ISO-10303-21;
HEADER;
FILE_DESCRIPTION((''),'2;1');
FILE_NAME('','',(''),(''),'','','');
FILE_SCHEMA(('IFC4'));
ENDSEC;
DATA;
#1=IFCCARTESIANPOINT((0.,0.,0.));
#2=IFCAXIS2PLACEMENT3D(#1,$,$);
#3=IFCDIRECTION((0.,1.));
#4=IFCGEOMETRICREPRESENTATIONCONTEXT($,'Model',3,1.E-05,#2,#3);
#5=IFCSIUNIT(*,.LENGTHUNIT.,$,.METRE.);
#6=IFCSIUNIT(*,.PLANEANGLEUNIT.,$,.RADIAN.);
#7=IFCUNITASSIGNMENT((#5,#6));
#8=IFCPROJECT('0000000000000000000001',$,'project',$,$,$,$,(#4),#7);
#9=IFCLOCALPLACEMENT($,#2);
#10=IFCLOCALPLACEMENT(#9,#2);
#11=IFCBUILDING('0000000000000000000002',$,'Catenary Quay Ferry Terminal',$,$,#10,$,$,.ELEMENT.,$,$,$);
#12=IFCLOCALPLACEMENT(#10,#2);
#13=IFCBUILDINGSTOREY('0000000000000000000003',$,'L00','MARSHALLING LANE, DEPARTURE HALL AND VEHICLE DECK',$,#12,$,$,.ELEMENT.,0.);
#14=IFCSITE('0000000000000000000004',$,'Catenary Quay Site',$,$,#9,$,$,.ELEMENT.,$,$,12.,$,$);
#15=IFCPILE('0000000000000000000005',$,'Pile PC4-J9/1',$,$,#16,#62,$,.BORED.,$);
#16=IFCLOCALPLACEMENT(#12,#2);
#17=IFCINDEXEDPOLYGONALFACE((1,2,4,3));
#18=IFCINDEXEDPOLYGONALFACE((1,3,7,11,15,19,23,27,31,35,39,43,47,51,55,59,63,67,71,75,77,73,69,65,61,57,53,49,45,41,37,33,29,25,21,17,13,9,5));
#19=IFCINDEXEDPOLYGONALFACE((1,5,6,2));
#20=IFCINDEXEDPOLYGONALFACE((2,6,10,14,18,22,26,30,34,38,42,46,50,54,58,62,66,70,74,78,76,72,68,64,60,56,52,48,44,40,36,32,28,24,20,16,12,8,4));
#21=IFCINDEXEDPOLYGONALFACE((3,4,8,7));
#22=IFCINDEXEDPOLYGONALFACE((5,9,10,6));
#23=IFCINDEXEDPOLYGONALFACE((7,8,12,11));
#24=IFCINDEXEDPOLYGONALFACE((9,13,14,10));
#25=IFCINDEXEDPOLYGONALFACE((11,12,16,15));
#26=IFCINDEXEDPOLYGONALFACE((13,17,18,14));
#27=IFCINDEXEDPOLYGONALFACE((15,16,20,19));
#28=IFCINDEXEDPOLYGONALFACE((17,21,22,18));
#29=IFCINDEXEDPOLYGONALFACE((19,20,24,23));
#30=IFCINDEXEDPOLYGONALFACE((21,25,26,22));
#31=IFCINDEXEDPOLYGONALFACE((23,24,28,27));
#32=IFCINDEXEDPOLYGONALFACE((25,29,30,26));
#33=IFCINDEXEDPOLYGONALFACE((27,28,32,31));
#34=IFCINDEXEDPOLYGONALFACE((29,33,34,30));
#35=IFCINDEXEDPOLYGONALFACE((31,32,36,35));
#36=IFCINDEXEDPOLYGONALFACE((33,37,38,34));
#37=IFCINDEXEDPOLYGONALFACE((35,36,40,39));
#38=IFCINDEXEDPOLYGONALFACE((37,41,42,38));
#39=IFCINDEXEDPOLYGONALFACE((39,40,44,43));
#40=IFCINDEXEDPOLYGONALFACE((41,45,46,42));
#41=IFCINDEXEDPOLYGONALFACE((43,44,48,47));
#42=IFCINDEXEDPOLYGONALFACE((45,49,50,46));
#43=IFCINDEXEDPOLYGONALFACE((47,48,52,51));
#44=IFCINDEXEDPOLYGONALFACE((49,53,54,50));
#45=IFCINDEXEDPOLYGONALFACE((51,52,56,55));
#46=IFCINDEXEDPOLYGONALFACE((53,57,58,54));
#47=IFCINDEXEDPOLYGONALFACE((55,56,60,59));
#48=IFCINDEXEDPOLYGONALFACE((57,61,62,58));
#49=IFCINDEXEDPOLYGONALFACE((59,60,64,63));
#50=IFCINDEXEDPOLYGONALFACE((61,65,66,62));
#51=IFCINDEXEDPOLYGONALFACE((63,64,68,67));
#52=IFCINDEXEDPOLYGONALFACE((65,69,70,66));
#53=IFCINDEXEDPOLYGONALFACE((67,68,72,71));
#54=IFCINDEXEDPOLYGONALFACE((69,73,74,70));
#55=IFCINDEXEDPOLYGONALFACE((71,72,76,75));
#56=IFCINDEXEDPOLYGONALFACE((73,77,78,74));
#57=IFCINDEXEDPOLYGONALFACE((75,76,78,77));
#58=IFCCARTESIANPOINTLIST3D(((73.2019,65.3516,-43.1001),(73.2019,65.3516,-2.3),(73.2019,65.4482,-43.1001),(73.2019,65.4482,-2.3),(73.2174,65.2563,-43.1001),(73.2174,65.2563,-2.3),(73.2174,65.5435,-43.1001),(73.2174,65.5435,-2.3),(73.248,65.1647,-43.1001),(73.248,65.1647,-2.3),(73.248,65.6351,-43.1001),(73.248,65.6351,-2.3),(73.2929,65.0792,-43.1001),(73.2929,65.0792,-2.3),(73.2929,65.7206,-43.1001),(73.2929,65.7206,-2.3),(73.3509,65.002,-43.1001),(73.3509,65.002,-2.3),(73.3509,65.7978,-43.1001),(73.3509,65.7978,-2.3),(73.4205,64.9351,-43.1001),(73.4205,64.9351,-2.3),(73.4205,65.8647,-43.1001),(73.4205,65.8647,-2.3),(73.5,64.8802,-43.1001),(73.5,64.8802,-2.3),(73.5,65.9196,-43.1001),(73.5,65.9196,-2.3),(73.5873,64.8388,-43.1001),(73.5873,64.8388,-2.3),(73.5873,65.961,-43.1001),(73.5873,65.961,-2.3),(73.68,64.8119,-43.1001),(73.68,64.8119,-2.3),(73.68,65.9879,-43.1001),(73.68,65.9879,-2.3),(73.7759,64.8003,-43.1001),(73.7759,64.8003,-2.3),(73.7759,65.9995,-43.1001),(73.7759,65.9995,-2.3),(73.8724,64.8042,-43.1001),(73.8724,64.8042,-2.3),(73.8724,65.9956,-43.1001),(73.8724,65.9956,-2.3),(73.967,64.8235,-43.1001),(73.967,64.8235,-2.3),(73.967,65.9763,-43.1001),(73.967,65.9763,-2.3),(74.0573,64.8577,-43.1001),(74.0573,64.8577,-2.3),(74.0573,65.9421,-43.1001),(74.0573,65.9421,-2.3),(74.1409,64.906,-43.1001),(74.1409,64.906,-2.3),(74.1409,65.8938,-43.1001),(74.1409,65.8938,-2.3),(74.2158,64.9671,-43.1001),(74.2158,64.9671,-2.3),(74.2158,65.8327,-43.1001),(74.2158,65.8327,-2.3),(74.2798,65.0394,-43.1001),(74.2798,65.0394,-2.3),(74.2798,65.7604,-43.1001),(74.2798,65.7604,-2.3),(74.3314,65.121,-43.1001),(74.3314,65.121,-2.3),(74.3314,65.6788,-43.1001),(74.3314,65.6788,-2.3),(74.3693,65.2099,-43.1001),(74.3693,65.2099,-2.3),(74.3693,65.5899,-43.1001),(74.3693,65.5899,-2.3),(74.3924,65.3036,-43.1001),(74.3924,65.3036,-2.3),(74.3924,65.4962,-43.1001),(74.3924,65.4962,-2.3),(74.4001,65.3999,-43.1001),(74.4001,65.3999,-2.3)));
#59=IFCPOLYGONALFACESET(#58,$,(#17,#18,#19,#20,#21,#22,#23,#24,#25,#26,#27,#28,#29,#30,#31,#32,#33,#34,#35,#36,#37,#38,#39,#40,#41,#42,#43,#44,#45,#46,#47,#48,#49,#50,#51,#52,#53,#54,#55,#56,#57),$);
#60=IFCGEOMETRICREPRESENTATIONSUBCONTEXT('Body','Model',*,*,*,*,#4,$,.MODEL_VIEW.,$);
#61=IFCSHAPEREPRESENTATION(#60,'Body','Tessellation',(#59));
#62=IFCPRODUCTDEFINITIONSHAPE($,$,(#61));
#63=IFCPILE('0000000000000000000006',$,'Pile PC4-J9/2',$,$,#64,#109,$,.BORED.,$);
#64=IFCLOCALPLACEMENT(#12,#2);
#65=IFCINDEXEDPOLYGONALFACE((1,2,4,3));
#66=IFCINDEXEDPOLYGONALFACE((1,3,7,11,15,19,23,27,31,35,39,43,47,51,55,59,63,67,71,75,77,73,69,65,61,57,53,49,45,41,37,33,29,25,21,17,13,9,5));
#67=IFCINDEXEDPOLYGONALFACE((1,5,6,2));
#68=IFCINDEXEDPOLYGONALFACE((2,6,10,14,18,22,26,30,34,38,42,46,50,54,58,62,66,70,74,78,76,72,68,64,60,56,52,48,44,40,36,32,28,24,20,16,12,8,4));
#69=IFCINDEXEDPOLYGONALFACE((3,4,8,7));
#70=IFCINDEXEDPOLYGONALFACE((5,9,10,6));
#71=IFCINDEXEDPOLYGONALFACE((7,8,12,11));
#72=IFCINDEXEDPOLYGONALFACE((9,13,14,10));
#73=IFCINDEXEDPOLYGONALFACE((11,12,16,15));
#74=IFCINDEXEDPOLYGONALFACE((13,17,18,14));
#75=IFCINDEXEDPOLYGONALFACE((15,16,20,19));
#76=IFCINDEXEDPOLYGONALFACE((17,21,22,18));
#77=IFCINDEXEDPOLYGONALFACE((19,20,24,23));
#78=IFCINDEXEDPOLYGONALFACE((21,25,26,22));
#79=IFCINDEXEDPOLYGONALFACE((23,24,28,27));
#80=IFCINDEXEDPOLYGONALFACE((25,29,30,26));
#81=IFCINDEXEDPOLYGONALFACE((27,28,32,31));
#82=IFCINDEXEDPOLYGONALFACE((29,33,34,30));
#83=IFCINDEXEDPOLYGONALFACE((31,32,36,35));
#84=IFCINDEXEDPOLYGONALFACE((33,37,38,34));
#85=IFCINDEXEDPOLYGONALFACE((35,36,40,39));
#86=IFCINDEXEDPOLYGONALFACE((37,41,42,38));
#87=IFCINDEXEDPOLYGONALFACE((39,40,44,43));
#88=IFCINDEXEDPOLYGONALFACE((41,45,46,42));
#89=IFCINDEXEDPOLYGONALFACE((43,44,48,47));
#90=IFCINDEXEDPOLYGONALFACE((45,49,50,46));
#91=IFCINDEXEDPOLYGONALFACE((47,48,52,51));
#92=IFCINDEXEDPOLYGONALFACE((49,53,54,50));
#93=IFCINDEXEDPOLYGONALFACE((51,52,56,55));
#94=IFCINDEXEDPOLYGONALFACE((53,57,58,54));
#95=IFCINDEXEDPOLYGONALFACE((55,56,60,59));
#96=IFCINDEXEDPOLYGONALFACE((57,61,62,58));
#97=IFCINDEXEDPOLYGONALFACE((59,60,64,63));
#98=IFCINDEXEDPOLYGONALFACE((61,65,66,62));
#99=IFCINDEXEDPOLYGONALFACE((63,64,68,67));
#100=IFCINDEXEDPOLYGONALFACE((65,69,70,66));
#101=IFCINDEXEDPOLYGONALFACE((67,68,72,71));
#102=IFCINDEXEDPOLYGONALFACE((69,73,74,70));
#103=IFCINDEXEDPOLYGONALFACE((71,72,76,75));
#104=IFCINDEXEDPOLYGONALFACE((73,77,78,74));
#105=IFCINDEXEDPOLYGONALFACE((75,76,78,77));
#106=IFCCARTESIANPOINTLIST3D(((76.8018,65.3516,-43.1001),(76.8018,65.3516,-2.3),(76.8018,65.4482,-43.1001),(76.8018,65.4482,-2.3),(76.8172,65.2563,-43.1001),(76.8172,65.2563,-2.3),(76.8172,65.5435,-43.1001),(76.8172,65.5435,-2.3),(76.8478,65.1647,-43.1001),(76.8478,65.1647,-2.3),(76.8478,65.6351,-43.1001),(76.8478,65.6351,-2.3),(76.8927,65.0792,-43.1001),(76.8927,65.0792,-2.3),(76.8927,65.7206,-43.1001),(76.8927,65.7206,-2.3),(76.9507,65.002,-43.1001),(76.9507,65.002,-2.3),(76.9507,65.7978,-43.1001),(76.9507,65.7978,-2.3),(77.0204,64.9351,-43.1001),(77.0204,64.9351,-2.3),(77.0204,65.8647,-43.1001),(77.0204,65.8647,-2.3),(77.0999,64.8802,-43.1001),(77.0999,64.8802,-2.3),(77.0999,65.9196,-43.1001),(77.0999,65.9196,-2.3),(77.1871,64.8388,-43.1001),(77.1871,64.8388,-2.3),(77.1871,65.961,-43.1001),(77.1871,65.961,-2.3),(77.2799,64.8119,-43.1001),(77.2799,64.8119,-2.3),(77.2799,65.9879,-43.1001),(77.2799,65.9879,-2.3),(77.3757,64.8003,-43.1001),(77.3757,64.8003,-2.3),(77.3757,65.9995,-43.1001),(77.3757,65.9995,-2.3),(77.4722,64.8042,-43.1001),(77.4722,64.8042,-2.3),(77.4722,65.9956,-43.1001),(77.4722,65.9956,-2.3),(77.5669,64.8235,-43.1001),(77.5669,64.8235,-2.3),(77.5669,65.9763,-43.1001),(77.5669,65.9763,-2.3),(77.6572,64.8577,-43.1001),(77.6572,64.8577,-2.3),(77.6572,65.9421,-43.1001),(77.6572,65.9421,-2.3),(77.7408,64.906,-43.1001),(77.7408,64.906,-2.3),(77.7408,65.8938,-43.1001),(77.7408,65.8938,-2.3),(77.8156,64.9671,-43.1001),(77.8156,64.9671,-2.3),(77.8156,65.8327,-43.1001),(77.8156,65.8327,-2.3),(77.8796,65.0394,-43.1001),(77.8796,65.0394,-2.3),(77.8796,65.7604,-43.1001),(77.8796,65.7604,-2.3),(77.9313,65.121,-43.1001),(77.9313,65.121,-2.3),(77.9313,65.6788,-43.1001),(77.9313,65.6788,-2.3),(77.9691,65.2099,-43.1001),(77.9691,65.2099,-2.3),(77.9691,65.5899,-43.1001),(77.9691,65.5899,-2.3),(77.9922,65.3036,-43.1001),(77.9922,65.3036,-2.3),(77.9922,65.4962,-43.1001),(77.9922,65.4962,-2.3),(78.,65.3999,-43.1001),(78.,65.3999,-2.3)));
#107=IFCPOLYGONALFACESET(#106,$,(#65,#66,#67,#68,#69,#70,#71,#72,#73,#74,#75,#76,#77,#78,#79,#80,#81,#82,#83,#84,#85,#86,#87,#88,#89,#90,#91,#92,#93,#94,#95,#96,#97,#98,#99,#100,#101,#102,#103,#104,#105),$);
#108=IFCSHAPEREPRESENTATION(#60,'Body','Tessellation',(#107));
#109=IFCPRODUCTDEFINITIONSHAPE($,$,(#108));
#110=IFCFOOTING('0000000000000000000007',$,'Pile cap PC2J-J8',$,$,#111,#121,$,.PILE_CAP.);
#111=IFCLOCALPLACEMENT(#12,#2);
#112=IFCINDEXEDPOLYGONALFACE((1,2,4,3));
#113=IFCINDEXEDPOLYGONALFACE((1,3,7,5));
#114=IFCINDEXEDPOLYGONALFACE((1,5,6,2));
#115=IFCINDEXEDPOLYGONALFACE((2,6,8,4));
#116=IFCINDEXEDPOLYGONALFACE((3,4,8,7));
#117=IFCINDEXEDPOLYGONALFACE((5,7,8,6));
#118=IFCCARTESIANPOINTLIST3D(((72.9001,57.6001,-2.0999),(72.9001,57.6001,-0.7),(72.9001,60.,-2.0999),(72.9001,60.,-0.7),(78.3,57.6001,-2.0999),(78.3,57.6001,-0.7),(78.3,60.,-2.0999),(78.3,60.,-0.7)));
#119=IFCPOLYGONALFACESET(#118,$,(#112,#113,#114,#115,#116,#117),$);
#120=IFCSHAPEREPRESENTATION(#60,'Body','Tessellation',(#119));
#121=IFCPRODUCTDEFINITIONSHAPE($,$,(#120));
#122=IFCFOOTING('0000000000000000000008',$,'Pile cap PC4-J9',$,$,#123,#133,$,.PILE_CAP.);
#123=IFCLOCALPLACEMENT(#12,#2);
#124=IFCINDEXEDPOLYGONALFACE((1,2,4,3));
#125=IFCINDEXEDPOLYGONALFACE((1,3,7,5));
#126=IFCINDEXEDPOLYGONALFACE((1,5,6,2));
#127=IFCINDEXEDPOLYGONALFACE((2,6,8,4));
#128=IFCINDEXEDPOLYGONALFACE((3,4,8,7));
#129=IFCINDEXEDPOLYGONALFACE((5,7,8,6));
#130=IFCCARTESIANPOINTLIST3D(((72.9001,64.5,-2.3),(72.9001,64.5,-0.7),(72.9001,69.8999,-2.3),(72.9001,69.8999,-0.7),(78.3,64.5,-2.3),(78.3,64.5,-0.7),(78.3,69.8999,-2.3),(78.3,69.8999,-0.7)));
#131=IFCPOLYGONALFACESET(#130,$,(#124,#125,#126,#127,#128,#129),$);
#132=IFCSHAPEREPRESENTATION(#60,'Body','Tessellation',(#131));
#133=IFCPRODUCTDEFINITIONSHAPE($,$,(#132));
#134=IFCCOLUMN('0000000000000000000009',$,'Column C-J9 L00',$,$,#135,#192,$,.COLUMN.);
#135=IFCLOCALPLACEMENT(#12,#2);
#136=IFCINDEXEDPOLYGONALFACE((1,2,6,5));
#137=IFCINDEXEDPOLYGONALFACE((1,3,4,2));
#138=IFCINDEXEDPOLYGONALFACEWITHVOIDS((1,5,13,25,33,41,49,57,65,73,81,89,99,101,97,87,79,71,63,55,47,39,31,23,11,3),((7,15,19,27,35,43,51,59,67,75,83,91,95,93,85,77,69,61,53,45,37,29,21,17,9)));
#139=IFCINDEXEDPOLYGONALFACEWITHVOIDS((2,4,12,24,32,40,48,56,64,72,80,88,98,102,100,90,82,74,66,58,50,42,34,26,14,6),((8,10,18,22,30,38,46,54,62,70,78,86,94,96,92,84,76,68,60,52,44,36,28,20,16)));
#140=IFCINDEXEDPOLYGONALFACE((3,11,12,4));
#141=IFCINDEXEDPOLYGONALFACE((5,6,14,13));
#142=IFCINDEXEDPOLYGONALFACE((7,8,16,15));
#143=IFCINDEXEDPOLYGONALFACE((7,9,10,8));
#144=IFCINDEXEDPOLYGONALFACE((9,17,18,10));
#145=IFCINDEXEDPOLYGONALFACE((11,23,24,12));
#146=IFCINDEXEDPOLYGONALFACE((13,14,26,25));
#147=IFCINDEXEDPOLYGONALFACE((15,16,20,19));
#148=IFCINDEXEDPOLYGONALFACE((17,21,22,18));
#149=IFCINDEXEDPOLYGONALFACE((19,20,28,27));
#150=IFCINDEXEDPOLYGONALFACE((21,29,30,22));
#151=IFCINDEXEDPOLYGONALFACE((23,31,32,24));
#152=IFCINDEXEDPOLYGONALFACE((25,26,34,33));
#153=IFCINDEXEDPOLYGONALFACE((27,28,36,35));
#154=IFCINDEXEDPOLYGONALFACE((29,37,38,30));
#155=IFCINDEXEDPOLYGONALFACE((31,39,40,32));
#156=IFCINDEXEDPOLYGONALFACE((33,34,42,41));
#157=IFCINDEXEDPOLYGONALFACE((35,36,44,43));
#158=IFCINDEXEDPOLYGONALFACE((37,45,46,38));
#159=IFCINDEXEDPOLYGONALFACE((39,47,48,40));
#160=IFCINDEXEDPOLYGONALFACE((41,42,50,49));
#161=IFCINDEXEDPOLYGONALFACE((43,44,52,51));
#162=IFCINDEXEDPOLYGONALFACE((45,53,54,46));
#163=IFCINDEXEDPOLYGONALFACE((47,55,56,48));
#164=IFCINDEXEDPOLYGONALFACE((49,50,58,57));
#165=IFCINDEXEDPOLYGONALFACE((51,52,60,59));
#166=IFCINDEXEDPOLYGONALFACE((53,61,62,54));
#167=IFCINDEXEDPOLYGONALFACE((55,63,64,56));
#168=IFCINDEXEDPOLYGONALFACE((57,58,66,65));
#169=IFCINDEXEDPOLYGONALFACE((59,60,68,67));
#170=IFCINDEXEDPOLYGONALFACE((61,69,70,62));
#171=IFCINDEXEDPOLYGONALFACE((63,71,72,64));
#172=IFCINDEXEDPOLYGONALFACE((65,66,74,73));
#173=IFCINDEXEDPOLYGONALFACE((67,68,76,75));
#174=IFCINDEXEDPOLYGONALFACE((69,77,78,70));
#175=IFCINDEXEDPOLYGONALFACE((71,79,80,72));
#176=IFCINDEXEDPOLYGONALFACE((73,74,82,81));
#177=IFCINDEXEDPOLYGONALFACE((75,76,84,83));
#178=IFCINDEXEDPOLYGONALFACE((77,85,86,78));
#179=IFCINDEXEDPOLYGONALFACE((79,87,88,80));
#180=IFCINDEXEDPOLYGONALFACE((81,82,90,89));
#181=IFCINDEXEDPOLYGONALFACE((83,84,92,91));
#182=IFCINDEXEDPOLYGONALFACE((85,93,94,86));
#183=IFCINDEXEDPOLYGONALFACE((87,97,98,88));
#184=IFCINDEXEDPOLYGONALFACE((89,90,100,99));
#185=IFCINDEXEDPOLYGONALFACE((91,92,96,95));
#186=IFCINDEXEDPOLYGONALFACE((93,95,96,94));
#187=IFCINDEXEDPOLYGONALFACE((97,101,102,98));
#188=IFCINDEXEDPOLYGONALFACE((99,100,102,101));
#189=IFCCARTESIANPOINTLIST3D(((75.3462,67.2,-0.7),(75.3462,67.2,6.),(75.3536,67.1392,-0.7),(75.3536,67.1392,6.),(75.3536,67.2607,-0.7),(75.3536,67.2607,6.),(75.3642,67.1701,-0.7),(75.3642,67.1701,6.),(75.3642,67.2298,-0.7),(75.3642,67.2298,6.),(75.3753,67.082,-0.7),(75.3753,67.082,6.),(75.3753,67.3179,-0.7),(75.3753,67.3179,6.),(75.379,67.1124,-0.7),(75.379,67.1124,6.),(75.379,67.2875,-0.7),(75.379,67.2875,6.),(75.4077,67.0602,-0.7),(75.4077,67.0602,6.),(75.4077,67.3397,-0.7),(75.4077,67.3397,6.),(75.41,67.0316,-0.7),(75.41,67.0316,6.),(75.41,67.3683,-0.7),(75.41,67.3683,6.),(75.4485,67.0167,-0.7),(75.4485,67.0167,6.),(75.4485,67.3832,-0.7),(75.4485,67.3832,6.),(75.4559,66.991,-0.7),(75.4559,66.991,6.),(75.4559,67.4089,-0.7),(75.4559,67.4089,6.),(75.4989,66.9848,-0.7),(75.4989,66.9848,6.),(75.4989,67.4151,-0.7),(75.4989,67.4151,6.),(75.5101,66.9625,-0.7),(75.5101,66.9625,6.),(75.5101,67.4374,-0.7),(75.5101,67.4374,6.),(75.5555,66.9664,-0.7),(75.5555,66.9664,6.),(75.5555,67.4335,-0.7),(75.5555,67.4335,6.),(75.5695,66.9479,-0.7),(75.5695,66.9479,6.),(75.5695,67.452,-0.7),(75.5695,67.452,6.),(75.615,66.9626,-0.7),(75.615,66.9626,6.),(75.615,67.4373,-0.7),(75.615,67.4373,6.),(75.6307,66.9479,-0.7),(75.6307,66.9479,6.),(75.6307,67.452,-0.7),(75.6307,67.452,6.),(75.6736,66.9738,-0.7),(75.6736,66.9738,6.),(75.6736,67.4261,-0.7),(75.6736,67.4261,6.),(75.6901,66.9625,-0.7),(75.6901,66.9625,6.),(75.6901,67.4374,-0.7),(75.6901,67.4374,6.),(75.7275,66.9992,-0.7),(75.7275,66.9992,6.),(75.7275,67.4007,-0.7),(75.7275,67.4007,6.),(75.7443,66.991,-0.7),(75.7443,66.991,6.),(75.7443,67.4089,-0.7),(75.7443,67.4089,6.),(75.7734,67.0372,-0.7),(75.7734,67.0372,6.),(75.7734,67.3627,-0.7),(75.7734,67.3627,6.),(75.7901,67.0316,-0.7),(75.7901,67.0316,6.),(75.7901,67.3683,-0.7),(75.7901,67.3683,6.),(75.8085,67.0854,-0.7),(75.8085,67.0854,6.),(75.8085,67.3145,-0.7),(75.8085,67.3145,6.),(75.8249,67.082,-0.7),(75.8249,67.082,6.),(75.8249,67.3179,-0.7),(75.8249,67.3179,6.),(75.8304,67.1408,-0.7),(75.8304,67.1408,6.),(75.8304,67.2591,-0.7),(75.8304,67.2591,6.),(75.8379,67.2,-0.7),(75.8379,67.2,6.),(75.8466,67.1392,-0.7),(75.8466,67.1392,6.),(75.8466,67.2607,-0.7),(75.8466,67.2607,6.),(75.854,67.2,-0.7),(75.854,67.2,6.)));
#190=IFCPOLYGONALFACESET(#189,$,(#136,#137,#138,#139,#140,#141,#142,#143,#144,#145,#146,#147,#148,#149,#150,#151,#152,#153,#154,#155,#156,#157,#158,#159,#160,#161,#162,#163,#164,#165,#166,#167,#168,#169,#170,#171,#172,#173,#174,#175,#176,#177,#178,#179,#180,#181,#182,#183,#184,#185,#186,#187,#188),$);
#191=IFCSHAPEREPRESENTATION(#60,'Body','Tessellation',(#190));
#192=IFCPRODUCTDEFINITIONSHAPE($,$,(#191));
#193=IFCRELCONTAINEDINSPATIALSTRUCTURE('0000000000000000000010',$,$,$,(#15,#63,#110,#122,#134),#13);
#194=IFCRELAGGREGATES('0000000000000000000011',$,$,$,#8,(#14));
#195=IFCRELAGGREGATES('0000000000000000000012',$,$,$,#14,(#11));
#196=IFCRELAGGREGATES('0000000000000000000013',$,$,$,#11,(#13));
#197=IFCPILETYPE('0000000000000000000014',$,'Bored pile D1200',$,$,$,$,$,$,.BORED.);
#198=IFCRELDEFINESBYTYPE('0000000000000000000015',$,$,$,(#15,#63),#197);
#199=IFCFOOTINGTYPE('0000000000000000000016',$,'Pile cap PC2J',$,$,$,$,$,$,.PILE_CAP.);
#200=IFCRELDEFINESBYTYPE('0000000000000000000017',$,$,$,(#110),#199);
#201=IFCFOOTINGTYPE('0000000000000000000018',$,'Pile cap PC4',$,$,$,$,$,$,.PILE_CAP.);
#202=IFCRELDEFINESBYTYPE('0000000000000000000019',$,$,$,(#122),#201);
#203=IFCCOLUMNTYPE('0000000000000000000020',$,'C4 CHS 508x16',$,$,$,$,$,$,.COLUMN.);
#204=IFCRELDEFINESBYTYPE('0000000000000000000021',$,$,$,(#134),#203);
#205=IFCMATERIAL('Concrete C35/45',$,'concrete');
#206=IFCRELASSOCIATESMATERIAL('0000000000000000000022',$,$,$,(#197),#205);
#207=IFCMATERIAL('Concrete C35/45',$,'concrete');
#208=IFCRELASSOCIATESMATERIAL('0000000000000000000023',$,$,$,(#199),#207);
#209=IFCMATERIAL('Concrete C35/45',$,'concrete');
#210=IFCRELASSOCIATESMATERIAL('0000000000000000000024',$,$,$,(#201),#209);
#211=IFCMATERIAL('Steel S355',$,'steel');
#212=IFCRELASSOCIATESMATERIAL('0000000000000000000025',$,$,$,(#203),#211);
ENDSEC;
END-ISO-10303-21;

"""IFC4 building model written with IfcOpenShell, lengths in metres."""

from ifc_helpers import new_model, si_unit, direction, frame, origin, origin_2d, place, context, subcontext, project, spatial, rectangle, circle, hollow_circle, extrude, material, material_profile, profile_set, type_object, element, save


model = new_model("IFC4")

# Units and contexts
model_context = context("Model", 3, precision=1e-05, world=origin(), true_north=direction((0.0, 1.0)))
body_context = subcontext(model_context, "Body", "Model", "MODEL_VIEW")
ifc_project = project(units=[si_unit("LENGTHUNIT", "METRE"), si_unit("PLANEANGLEUNIT", "RADIAN")], contexts=[model_context])

# Site, building, storey
site_placement = place(None, origin())
site = spatial("IfcSite", under=ifc_project, at=site_placement, Name="Catenary Quay Site", CompositionType="ELEMENT", RefElevation=12.0)
building_placement = place(site_placement, origin())
building = spatial("IfcBuilding", under=site, at=building_placement, Name="Catenary Quay Ferry Terminal", CompositionType="ELEMENT")
storey_placement = place(building_placement, origin())
storey = spatial("IfcBuildingStorey", under=building, at=storey_placement, Name="L00", Description="MARSHALLING LANE, DEPARTURE HALL AND VEHICLE DECK", CompositionType="ELEMENT", Elevation=0.0)

# Piles
ifc_material_1 = material(Name="Concrete C35/45", Category="concrete")
ifc_material_profile_1 = material_profile(ifc_material_1, circle(Radius=0.6001, at=origin_2d()), Name="D1200")
ifc_profile_set_1 = profile_set([ifc_material_profile_1], Name="Concrete C35/45")
pile_type = type_object("IfcPileType", Name="Bored pile D1200", PredefinedType="BORED", material=ifc_profile_set_1)
for number, where, z_axis, x_axis, name in (
    (1, (73.8, 65.3999, -2.3), (0.0, 0.0, -1.0), (1.0, 0.0, 0.0), "Pile PC4-J9/1"),
    (2, (77.3999, 65.3999, -2.3), (0.0, 0.0, -1.0), (1.0, 0.0, 0.0), "Pile PC4-J9/2"),
):
    element("IfcPile", number, at=place(storey_placement, frame(where, z_axis=z_axis, x_axis=x_axis)), inside=storey, type_object=pile_type, Name=name, PredefinedType="BORED", context=body_context, shape_type="SweptSolid", body=[
        extrude(circle(Radius=0.6001, at=origin_2d()), origin(), (0.0, 0.0, 1.0), 40.8),
    ])

# Footings
ifc_material_2 = material(Name="Concrete C35/45", Category="concrete")
footing_type_1 = type_object("IfcFootingType", Name="Pile cap PC2J", PredefinedType="PILE_CAP", material=ifc_material_2)
footing_1_placement = place(storey_placement, frame((75.6001, 58.8, -2.0999), z_axis=(0.0, 0.0, 1.0), x_axis=(1.0, 0.0, 0.0)))
element("IfcFooting", 3, at=footing_1_placement, inside=storey, type_object=footing_type_1, Name="Pile cap PC2J-J8", PredefinedType="PILE_CAP", context=body_context, shape_type="SweptSolid", body=[
    extrude(rectangle(XDim=5.3999, YDim=2.3999, at=origin_2d()), origin(), (0.0, 0.0, 1.0), 1.3999),
])
ifc_material_3 = material(Name="Concrete C35/45", Category="concrete")
footing_type_2 = type_object("IfcFootingType", Name="Pile cap PC4", PredefinedType="PILE_CAP", material=ifc_material_3)
footing_2_placement = place(storey_placement, frame((75.6001, 67.2, -2.3), z_axis=(0.0, 0.0, 1.0), x_axis=(1.0, 0.0, 0.0)))
element("IfcFooting", 4, at=footing_2_placement, inside=storey, type_object=footing_type_2, Name="Pile cap PC4-J9", PredefinedType="PILE_CAP", context=body_context, shape_type="SweptSolid", body=[
    extrude(rectangle(XDim=5.3999, YDim=5.3999, at=origin_2d()), origin(), (0.0, 0.0, 1.0), 1.6001),
])

# Column
ifc_material_4 = material(Name="Steel S355", Category="steel")
ifc_material_profile_2 = material_profile(ifc_material_4, hollow_circle(Radius=0.2539, WallThickness=0.0161, at=origin_2d()), Name="CHS 508x16")
ifc_profile_set_2 = profile_set([ifc_material_profile_2], Name="Steel S355")
column_type = type_object("IfcColumnType", Name="C4 CHS 508x16", PredefinedType="COLUMN", material=ifc_profile_set_2)
column_placement = place(storey_placement, frame((75.6001, 67.2, -0.7), z_axis=(0.0, 0.0, 1.0), x_axis=(1.0, 0.0, 0.0)))
element("IfcColumn", 5, at=column_placement, inside=storey, type_object=column_type, Name="Column C-J9 L00", PredefinedType="COLUMN", context=body_context, shape_type="SweptSolid", body=[
    extrude(hollow_circle(Radius=0.2539, WallThickness=0.0161, at=origin_2d()), origin(), (0.0, 0.0, 1.0), 6.7),
])

save(model, "model.ifc")
